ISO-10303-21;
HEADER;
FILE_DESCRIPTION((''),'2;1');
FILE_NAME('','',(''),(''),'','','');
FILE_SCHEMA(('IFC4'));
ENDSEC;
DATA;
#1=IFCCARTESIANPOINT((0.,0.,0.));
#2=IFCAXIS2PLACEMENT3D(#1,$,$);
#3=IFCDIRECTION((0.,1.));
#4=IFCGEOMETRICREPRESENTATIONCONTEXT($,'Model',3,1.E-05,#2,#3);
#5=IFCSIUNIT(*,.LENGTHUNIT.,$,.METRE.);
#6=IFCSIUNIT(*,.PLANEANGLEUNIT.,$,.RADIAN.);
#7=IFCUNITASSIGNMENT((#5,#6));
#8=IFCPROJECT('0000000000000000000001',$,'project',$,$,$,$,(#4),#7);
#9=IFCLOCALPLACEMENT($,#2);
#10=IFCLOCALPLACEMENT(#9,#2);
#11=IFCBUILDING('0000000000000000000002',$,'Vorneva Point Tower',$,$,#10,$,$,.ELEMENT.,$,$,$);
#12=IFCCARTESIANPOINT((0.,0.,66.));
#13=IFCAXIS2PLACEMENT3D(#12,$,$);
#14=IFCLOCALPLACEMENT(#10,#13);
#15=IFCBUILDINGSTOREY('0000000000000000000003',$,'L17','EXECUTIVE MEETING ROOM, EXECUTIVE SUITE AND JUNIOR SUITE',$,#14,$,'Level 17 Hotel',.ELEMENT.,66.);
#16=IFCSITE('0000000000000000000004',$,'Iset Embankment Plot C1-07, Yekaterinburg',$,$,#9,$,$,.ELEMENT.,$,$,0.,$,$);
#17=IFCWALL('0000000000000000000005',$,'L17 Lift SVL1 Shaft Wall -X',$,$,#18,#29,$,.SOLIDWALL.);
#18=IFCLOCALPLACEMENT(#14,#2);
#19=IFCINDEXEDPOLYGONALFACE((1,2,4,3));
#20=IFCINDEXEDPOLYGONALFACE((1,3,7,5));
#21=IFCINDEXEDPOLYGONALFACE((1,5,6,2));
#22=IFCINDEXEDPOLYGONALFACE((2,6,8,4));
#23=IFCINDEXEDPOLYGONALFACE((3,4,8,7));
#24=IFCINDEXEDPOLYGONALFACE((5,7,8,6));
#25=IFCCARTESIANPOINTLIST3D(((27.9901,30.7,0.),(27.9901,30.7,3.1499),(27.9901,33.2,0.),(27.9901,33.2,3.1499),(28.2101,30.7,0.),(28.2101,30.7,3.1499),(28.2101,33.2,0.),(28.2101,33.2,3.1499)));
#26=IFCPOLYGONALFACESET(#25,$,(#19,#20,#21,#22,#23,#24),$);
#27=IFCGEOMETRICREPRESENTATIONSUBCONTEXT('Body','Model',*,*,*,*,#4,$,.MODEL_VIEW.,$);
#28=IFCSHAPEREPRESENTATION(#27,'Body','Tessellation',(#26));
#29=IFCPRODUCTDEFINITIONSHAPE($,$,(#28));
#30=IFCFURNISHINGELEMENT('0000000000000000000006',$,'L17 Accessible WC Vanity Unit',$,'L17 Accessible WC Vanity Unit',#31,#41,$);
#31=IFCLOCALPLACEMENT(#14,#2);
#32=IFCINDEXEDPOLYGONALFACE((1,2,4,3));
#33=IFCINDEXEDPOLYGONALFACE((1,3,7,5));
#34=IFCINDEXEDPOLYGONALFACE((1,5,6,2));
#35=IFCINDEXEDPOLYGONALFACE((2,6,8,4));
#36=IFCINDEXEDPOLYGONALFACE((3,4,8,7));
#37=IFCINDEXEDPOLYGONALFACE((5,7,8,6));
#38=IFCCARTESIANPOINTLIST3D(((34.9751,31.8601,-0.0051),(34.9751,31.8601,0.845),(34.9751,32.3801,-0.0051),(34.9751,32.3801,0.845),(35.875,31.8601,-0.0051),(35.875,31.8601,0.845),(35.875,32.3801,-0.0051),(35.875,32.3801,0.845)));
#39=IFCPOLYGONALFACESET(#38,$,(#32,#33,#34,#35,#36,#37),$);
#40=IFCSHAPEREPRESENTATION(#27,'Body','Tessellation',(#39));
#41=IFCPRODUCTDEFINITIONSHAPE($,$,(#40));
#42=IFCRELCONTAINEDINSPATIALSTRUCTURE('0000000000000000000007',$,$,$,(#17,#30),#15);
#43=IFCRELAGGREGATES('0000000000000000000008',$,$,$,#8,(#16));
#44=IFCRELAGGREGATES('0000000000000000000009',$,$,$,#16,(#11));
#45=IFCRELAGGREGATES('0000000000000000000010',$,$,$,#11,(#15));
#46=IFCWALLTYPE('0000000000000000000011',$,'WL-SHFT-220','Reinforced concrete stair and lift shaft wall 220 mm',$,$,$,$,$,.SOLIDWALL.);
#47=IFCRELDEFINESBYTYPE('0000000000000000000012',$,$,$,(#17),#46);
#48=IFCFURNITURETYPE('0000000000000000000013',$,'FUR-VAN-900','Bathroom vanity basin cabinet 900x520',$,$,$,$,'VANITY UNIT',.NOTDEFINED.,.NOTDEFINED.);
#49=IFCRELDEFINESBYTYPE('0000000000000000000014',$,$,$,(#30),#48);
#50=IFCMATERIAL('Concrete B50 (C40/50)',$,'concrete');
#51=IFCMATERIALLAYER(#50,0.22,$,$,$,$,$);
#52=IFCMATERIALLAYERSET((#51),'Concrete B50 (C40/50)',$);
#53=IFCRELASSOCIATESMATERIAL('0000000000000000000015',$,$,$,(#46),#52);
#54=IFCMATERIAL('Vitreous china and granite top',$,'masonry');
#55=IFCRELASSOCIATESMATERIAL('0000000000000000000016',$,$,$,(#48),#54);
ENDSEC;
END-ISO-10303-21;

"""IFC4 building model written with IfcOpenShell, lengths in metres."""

from ifc_helpers import new_model, si_unit, direction, frame, frame_2d, origin, origin_2d, place, context, subcontext, project, spatial, rectangle, extrude, material, layer, layer_set, type_object, element, save


model = new_model("IFC4")

# Units and contexts
model_context = context("Model", 3, precision=1e-05, world=origin(), true_north=direction((0.0, 1.0)))
body_context = subcontext(model_context, "Body", "Model", "MODEL_VIEW")
ifc_project = project(units=[si_unit("LENGTHUNIT", "METRE"), si_unit("PLANEANGLEUNIT", "RADIAN")], contexts=[model_context])

# Site, building, storey
site_placement = place(None, origin())
site = spatial("IfcSite", under=ifc_project, at=site_placement, Name="Iset Embankment Plot C1-07, Yekaterinburg", CompositionType="ELEMENT", RefElevation=0.0)
building_placement = place(site_placement, origin())
building = spatial("IfcBuilding", under=site, at=building_placement, Name="Vorneva Point Tower", CompositionType="ELEMENT")
storey_placement = place(building_placement, frame((0.0, 0.0, 66.0)))
storey = spatial("IfcBuildingStorey", under=building, at=storey_placement, Name="L17", Description="EXECUTIVE MEETING ROOM, EXECUTIVE SUITE AND JUNIOR SUITE", LongName="Level 17 Hotel", CompositionType="ELEMENT", Elevation=66.0)

# Shared definitions
ifc_material_1 = material(Name="Concrete B50 (C40/50)", Category="concrete")
ifc_layer_1 = layer(ifc_material_1, 0.22)
ifc_layer_set_1 = layer_set([ifc_layer_1], Name="Concrete B50 (C40/50)")
wall_type_1 = type_object("IfcWallType", Name="WL-SHFT-220", Description="Reinforced concrete stair and lift shaft wall 220 mm", PredefinedType="SOLIDWALL", material=ifc_layer_set_1)

# Wall
wall_1_placement = place(storey_placement, frame((28.1001, 33.2, 0.0), z_axis=(0.0, 0.0, 1.0), x_axis=(0.0, -1.0, 0.0)))
element("IfcWall", 1, at=wall_1_placement, inside=storey, type_object=wall_type_1, Name="L17 Lift SVL1 Shaft Wall -X", PredefinedType="SOLIDWALL", context=body_context, shape_type="SweptSolid", body=[
    extrude(rectangle(XDim=2.5, YDim=0.22, at=frame_2d((1.25, 0.0))), origin(), (0.0, 0.0, 1.0), 3.1499),
])

# Furnishing element
ifc_material_2 = material(Name="Vitreous china and granite top", Category="masonry")
furniture_type = type_object("IfcFurnitureType", Name="FUR-VAN-900", Description="Bathroom vanity basin cabinet 900x520", ElementType="VANITY UNIT", AssemblyPlace="NOTDEFINED", PredefinedType="NOTDEFINED", material=ifc_material_2)
furnishing_placement = place(storey_placement, frame((35.425, 32.1201, -0.0051), z_axis=(0.0, 0.0, 1.0), x_axis=(1.0, 0.0, 0.0)))
element("IfcFurnishingElement", 2, at=furnishing_placement, inside=storey, type_object=furniture_type, Name="L17 Accessible WC Vanity Unit", ObjectType="L17 Accessible WC Vanity Unit", context=body_context, shape_type="SweptSolid", body=[
    extrude(rectangle(XDim=0.8999, YDim=0.52, at=origin_2d()), origin(), (0.0, 0.0, 1.0), 0.8501),
])

save(model, "model.ifc")
